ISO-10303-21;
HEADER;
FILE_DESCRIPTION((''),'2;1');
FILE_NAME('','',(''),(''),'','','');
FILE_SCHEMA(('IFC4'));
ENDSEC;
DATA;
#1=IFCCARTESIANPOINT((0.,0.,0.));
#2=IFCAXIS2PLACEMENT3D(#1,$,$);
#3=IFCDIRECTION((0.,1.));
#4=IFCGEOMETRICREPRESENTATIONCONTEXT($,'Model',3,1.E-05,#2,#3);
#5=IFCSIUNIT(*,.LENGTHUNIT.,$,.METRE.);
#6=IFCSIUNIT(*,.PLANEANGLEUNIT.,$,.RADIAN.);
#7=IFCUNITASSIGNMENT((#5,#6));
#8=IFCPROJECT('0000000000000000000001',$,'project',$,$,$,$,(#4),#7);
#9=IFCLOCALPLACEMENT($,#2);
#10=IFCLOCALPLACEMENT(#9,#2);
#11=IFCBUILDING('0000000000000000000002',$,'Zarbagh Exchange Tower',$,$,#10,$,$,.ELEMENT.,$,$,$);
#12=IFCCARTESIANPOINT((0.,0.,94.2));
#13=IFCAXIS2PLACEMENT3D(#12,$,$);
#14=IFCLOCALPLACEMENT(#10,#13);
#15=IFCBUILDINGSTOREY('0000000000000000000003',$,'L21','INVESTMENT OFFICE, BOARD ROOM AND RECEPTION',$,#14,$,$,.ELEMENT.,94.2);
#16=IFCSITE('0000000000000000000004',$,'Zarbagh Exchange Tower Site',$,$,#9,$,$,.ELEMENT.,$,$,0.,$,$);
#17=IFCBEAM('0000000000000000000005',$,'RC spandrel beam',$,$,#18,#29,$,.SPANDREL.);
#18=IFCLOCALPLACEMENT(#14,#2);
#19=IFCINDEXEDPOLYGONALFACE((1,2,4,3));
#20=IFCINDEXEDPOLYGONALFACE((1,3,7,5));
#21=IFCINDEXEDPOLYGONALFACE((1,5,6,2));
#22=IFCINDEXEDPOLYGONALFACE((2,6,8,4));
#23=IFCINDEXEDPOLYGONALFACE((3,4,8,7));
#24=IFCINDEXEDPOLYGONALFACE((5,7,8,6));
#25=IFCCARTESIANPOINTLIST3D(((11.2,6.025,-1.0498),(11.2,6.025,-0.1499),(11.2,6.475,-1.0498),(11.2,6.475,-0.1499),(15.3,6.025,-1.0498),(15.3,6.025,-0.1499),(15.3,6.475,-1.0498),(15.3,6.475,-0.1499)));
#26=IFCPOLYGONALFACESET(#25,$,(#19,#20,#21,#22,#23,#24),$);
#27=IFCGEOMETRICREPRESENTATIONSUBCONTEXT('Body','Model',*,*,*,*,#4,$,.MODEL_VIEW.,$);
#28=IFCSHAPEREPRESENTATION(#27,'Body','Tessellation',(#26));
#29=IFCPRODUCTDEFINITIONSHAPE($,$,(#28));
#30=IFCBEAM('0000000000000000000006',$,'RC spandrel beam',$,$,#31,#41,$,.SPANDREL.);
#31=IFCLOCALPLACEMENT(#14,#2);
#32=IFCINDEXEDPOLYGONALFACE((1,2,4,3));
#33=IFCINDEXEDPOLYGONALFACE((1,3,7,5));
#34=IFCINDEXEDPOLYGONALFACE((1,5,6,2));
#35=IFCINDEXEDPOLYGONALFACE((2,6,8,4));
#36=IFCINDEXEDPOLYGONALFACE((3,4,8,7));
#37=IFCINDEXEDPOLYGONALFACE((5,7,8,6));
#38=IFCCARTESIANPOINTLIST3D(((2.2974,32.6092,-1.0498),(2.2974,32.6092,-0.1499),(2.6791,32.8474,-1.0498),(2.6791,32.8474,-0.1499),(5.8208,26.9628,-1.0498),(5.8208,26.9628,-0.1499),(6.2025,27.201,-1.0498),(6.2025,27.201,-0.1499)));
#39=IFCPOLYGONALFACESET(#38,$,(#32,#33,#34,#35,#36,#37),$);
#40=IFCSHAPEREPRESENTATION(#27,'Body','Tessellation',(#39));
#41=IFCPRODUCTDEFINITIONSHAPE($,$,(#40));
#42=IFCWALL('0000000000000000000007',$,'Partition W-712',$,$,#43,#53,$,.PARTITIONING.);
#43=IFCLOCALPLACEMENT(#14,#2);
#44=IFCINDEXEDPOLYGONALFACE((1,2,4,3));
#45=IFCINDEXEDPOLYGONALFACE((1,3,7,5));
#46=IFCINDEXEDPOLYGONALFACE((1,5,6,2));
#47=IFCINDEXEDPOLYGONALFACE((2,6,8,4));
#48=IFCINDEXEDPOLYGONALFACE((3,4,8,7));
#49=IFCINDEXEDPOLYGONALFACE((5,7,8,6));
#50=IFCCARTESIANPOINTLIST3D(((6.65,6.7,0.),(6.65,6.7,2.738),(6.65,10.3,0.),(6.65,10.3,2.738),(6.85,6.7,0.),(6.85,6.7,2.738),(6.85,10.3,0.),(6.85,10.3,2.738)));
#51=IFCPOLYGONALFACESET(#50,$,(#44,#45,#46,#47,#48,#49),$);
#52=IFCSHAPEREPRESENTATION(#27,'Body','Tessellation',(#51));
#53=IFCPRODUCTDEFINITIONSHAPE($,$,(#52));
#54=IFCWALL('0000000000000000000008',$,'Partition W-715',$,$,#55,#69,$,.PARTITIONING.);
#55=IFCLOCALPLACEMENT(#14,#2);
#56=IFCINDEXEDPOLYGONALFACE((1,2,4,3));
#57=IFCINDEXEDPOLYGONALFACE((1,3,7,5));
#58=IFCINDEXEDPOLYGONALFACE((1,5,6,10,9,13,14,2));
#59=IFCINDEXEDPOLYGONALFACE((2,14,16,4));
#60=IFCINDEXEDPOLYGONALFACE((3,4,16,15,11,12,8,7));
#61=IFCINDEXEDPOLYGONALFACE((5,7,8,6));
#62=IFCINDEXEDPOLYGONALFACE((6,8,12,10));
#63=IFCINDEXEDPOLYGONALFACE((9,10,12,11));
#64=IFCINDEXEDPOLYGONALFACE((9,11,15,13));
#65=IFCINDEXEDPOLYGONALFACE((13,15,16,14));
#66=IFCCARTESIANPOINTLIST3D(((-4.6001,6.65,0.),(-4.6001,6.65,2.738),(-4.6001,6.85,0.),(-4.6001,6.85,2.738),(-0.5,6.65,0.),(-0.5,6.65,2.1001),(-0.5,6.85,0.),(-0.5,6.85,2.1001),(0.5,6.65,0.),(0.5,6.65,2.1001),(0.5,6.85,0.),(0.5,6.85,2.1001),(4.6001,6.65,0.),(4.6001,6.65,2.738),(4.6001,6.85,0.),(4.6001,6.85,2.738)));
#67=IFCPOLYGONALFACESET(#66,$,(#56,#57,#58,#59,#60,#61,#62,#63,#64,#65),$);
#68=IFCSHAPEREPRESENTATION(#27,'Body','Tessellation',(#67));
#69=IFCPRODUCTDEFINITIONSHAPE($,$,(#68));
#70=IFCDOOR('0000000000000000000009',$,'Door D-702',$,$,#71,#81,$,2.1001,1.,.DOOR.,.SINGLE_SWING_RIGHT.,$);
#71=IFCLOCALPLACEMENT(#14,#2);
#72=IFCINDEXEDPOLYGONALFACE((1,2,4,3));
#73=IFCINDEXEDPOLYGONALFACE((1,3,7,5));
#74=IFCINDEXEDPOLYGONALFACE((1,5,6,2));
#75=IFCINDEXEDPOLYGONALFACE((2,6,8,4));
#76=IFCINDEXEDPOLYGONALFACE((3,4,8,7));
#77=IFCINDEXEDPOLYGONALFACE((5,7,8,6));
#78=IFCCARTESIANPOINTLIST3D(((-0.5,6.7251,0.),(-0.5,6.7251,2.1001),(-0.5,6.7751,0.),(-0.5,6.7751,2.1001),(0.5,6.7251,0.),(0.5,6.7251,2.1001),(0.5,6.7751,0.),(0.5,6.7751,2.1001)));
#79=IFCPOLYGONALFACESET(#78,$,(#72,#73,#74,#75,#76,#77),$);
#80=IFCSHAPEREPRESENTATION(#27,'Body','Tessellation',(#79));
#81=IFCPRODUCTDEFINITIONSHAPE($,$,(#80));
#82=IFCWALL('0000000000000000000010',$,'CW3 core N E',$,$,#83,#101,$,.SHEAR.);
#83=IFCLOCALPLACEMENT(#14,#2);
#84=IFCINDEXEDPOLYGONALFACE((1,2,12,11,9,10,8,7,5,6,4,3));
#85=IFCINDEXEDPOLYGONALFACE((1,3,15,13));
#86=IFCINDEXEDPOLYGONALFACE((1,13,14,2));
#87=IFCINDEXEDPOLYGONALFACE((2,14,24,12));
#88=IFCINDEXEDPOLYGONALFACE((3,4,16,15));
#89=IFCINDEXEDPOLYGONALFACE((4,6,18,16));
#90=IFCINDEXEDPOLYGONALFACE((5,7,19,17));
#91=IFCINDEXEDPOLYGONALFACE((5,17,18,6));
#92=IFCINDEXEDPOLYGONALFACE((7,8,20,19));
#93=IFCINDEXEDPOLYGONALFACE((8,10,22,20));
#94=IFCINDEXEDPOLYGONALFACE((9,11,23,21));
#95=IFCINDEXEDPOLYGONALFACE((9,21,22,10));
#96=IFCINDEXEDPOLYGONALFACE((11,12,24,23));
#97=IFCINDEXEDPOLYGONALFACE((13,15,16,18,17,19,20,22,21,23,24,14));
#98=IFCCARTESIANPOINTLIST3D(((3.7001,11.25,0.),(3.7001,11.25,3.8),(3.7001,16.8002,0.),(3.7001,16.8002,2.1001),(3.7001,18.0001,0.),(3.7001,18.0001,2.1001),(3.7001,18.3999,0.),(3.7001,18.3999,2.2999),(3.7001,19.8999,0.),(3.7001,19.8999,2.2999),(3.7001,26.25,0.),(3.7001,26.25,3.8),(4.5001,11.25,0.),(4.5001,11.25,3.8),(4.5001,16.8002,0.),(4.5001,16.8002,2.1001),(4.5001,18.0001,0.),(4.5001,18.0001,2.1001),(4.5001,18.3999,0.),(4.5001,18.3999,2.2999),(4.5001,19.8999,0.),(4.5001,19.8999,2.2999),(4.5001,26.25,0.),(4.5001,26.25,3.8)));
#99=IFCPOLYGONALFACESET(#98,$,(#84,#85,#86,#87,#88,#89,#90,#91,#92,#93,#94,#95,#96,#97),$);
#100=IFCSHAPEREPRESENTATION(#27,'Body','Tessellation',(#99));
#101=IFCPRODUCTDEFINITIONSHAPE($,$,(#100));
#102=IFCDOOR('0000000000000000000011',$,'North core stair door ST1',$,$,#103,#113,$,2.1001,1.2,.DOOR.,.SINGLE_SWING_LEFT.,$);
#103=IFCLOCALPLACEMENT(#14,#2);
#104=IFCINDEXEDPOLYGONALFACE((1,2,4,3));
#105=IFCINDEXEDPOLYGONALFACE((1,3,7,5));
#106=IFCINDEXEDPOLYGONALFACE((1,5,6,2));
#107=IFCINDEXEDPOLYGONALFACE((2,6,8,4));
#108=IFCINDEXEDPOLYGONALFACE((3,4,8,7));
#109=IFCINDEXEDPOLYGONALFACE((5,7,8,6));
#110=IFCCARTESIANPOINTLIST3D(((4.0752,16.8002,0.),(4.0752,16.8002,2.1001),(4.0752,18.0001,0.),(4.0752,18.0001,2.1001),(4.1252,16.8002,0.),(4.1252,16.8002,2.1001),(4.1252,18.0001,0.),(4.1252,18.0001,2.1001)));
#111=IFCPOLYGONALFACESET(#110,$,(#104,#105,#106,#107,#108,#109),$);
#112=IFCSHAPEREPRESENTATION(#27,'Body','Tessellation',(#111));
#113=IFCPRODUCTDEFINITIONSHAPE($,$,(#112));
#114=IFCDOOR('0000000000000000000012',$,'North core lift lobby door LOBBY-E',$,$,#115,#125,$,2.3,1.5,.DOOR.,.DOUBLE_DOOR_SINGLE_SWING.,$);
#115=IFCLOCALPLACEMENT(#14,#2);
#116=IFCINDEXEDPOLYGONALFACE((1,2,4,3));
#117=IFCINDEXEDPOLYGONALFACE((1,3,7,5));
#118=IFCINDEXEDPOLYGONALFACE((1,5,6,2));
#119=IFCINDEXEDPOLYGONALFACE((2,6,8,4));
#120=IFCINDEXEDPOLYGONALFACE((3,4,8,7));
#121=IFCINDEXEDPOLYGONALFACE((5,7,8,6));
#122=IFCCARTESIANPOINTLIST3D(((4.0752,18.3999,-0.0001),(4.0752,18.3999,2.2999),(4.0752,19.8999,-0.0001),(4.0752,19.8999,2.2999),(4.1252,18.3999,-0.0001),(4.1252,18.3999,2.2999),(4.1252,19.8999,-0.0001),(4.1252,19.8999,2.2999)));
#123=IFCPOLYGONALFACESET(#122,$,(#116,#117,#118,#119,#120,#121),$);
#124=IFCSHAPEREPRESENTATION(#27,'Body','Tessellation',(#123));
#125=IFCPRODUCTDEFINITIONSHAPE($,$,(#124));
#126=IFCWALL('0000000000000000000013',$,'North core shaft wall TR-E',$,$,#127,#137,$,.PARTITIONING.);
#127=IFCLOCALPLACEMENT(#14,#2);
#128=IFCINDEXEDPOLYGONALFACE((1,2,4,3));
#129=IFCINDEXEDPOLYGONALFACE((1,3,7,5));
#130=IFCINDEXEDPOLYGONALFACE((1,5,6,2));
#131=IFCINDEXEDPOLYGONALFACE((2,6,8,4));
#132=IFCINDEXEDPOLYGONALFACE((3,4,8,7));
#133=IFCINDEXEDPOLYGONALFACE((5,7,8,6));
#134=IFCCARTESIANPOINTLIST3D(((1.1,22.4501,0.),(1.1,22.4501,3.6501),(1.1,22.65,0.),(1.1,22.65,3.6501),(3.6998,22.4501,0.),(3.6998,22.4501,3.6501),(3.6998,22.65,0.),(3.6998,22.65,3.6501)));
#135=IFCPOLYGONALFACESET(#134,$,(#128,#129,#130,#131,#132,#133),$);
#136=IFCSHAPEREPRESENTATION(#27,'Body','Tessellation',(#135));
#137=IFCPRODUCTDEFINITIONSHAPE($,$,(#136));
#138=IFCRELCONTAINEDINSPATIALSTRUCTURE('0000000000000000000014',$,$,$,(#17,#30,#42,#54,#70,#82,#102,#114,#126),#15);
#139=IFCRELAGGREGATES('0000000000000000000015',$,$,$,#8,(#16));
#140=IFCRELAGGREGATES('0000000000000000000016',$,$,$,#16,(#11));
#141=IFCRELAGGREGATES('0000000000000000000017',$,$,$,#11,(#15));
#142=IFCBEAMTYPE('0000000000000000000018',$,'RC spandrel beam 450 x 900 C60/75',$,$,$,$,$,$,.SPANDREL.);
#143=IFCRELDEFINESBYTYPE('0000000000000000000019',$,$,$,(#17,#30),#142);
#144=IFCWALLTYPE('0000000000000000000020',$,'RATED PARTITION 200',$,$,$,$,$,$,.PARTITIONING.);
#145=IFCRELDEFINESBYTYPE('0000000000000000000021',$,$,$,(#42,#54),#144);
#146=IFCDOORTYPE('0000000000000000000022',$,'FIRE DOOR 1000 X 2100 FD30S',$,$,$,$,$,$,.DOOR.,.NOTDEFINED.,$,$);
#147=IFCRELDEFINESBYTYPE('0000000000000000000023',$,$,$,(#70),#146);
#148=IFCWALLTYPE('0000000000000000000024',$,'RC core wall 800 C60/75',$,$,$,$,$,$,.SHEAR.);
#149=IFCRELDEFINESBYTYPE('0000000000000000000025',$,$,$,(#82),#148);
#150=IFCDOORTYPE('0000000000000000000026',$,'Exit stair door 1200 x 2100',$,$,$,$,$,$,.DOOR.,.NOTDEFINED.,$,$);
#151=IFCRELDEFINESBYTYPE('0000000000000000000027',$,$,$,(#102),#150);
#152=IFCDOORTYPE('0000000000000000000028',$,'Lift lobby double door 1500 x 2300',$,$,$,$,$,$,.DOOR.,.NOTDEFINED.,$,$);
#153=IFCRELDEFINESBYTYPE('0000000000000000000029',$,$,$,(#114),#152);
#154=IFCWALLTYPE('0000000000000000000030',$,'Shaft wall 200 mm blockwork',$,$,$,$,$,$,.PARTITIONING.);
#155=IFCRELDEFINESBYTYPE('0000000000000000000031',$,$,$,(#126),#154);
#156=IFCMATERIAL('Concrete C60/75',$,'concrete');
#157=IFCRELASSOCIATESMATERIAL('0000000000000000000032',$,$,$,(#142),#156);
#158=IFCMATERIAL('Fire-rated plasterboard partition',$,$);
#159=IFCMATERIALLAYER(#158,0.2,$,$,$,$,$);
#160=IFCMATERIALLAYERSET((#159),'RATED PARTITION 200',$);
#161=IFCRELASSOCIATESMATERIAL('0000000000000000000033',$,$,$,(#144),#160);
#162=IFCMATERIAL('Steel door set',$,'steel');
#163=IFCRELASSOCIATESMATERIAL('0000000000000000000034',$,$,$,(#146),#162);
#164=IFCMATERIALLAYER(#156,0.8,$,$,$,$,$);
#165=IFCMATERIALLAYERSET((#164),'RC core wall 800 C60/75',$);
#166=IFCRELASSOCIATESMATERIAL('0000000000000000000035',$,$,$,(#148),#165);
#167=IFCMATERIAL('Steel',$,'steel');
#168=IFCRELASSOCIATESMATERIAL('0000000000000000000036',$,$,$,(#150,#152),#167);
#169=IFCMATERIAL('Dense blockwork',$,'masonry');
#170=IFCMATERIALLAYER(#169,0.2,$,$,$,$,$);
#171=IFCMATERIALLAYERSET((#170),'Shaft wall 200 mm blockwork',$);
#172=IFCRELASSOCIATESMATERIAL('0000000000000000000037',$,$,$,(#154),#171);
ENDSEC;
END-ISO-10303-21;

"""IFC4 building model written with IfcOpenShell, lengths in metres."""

from ifc_helpers import new_model, si_unit, direction, frame, frame_2d, origin, origin_2d, place, context, subcontext, project, spatial, rectangle, extrude, material, layer, layer_set, material_profile, profile_set, type_object, element, fill, save


model = new_model("IFC4")

# Units and contexts
model_context = context("Model", 3, precision=1e-05, world=origin(), true_north=direction((0.0, 1.0)))
body_context = subcontext(model_context, "Body", "Model", "MODEL_VIEW")
ifc_project = project(units=[si_unit("LENGTHUNIT", "METRE"), si_unit("PLANEANGLEUNIT", "RADIAN")], contexts=[model_context])

# Site, building, storey
site_placement = place(None, origin())
site = spatial("IfcSite", under=ifc_project, at=site_placement, Name="Zarbagh Exchange Tower Site", CompositionType="ELEMENT", RefElevation=0.0)
building_placement = place(site_placement, origin())
building = spatial("IfcBuilding", under=site, at=building_placement, Name="Zarbagh Exchange Tower", CompositionType="ELEMENT")
storey_placement = place(building_placement, frame((0.0, 0.0, 94.2)))
storey = spatial("IfcBuildingStorey", under=building, at=storey_placement, Name="L21", Description="INVESTMENT OFFICE, BOARD ROOM AND RECEPTION", CompositionType="ELEMENT", Elevation=94.2)

# Shared definitions
ifc_material_1 = material(Name="Concrete C60/75", Category="concrete")

# Beams
ifc_material_profile_1 = material_profile(ifc_material_1, rectangle(XDim=0.45, YDim=0.8999, at=origin_2d()), Name="RC spandrel beam 450 x 900 C60/75")
ifc_profile_set_1 = profile_set([ifc_material_profile_1], Name="Concrete C60/75")
beam_type_1 = type_object("IfcBeamType", Name="RC spandrel beam 450 x 900 C60/75", PredefinedType="SPANDREL", material=ifc_profile_set_1)
beam_1_placement = place(storey_placement, frame((11.2, 6.25, -0.5999), z_axis=(1.0, 0.0, 0.0), x_axis=(0.0, 1.0, 0.0)))
element("IfcBeam", 1, at=beam_1_placement, inside=storey, type_object=beam_type_1, Name="RC spandrel beam", PredefinedType="SPANDREL", context=body_context, shape_type="SweptSolid", body=[
    extrude(rectangle(XDim=0.45, YDim=0.8999, at=origin_2d()), origin(), (0.0, 0.0, 1.0), 4.1001),
])
beam_2_placement = place(storey_placement, frame((2.4883, 32.7283, -0.5999), z_axis=(0.529392, -0.848377, 0.0), x_axis=(0.848377, 0.529392, 0.0)))
element("IfcBeam", 2, at=beam_2_placement, inside=storey, type_object=beam_type_1, Name="RC spandrel beam", PredefinedType="SPANDREL", context=body_context, shape_type="SweptSolid", body=[
    extrude(rectangle(XDim=0.45, YDim=0.8999, at=origin_2d()), origin(), (0.0, 0.0, 1.0), 6.6555),
])

# Wall
ifc_material_2 = material(Name="Fire-rated plasterboard partition")
ifc_layer_1 = layer(ifc_material_2, 0.2)
ifc_layer_set_1 = layer_set([ifc_layer_1], Name="RATED PARTITION 200")
wall_type_1 = type_object("IfcWallType", Name="RATED PARTITION 200", PredefinedType="PARTITIONING", material=ifc_layer_set_1)
wall_1_placement = place(storey_placement, frame((6.75, 6.7, 0.0), z_axis=(0.0, 0.0, 1.0), x_axis=(0.0, 1.0, 0.0)))
element("IfcWall", 3, at=wall_1_placement, inside=storey, type_object=wall_type_1, Name="Partition W-712", PredefinedType="PARTITIONING", context=body_context, shape_type="SweptSolid", body=[
    extrude(rectangle(XDim=3.6001, YDim=0.2, at=frame_2d((1.8, 0.0))), origin(), (0.0, 0.0, 1.0), 2.738),
])

# Wall, opening, door
wall_2_placement = place(storey_placement, frame((4.6001, 6.75, 0.0), z_axis=(0.0, 0.0, 1.0), x_axis=(-1.0, 0.0, 0.0)))
wall_2 = element("IfcWall", 4, at=wall_2_placement, inside=storey, type_object=wall_type_1, Name="Partition W-715", PredefinedType="PARTITIONING", context=body_context, shape_type="SweptSolid", body=[
    extrude(rectangle(XDim=9.2002, YDim=0.2, at=frame_2d((4.6001, 0.0))), origin(), (0.0, 0.0, 1.0), 2.738),
])
opening_1_placement = place(wall_2_placement, frame((4.1001, 0.0, 0.0)))
opening_1 = element("IfcOpeningElement", 5, at=opening_1_placement, cuts=wall_2, PredefinedType="OPENING", context=body_context, shape_type="SweptSolid", body=[
    extrude(rectangle(XDim=1.0, YDim=2.1001, at=frame_2d((0.5, 1.05))), frame((0.0, 0.1099, 0.0), z_axis=(0.0, -1.0, 0.0), x_axis=(1.0, 0.0, 0.0)), (0.0, 0.0, 1.0), 0.22),
])
ifc_material_3 = material(Name="Steel door set", Category="steel")
door_type_1 = type_object("IfcDoorType", Name="FIRE DOOR 1000 X 2100 FD30S", OperationType="NOTDEFINED", PredefinedType="DOOR", material=ifc_material_3)
door_1_placement = place(opening_1_placement, origin())
door_1 = element("IfcDoor", 6, at=door_1_placement, inside=storey, type_object=door_type_1, Name="Door D-702", OperationType="SINGLE_SWING_RIGHT", OverallHeight=2.1001, OverallWidth=1.0, PredefinedType="DOOR", context=body_context, shape_type="SweptSolid", body=[
    extrude(rectangle(XDim=1.0, YDim=2.1001, at=frame_2d((0.5, 1.05))), frame((0.0, 0.0249, 0.0), z_axis=(0.0, -1.0, 0.0), x_axis=(1.0, 0.0, 0.0)), (0.0, 0.0, 1.0), 0.05),
])
fill(opening_1, door_1)

# Wall, openings, doors
ifc_layer_2 = layer(ifc_material_1, 0.8)
ifc_layer_set_2 = layer_set([ifc_layer_2], Name="RC core wall 800 C60/75")
wall_type_2 = type_object("IfcWallType", Name="RC core wall 800 C60/75", PredefinedType="SHEAR", material=ifc_layer_set_2)
wall_3_placement = place(storey_placement, frame((4.1001, 11.25, 0.0), z_axis=(0.0, 0.0, 1.0), x_axis=(0.0, 1.0, 0.0)))
wall_3 = element("IfcWall", 7, at=wall_3_placement, inside=storey, type_object=wall_type_2, Name="CW3 core N E", PredefinedType="SHEAR", context=body_context, shape_type="SweptSolid", body=[
    extrude(rectangle(XDim=15.0, YDim=0.8, at=frame_2d((7.5, 0.0))), origin(), (0.0, 0.0, 1.0), 3.8),
])
opening_2_placement = place(wall_3_placement, frame((7.1499, 0.0, 0.0)))
opening_2 = element("IfcOpeningElement", 8, at=opening_2_placement, cuts=wall_3, PredefinedType="OPENING", context=body_context, shape_type="SweptSolid", body=[
    extrude(rectangle(XDim=1.5, YDim=2.3, at=frame_2d((0.75, 1.1499))), frame((0.0, 0.4099, 0.0), z_axis=(0.0, -1.0, 0.0), x_axis=(1.0, 0.0, 0.0)), (0.0, 0.0, 1.0), 0.8201),
])
opening_3_placement = place(wall_3_placement, frame((5.55, 0.0, 0.0)))
opening_3 = element("IfcOpeningElement", 9, at=opening_3_placement, cuts=wall_3, PredefinedType="OPENING", context=body_context, shape_type="SweptSolid", body=[
    extrude(rectangle(XDim=1.2, YDim=2.1001, at=frame_2d((0.6001, 1.05))), frame((0.0, 0.4099, 0.0), z_axis=(0.0, -1.0, 0.0), x_axis=(1.0, 0.0, 0.0)), (0.0, 0.0, 1.0), 0.8201),
])
ifc_material_4 = material(Name="Steel", Category="steel")
door_type_2 = type_object("IfcDoorType", Name="Exit stair door 1200 x 2100", OperationType="NOTDEFINED", PredefinedType="DOOR", material=ifc_material_4)
door_2_placement = place(opening_3_placement, origin())
door_2 = element("IfcDoor", 10, at=door_2_placement, inside=storey, type_object=door_type_2, Name="North core stair door ST1", OperationType="SINGLE_SWING_LEFT", OverallHeight=2.1001, OverallWidth=1.2, PredefinedType="DOOR", context=body_context, shape_type="SweptSolid", body=[
    extrude(rectangle(XDim=1.2, YDim=2.1001, at=frame_2d((0.6001, 1.05))), frame((0.0, 0.0249, 0.0), z_axis=(0.0, -1.0, 0.0), x_axis=(1.0, 0.0, 0.0)), (0.0, 0.0, 1.0), 0.05),
])
fill(opening_3, door_2)
door_type_3 = type_object("IfcDoorType", Name="Lift lobby double door 1500 x 2300", OperationType="NOTDEFINED", PredefinedType="DOOR", material=ifc_material_4)
door_3_placement = place(opening_2_placement, origin())
door_3 = element("IfcDoor", 11, at=door_3_placement, inside=storey, type_object=door_type_3, Name="North core lift lobby door LOBBY-E", OperationType="DOUBLE_DOOR_SINGLE_SWING", OverallHeight=2.3, OverallWidth=1.5, PredefinedType="DOOR", context=body_context, shape_type="SweptSolid", body=[
    extrude(rectangle(XDim=1.5, YDim=2.3, at=frame_2d((0.75, 1.1499))), frame((0.0, 0.0249, 0.0), z_axis=(0.0, -1.0, 0.0), x_axis=(1.0, 0.0, 0.0)), (0.0, 0.0, 1.0), 0.05),
])
fill(opening_2, door_3)

# Wall
ifc_material_5 = material(Name="Dense blockwork", Category="masonry")
ifc_layer_3 = layer(ifc_material_5, 0.2)
ifc_layer_set_3 = layer_set([ifc_layer_3], Name="Shaft wall 200 mm blockwork")
wall_type_3 = type_object("IfcWallType", Name="Shaft wall 200 mm blockwork", PredefinedType="PARTITIONING", material=ifc_layer_set_3)
wall_4_placement = place(storey_placement, frame((1.1001, 22.55, 0.0), z_axis=(0.0, 0.0, 1.0), x_axis=(1.0, 0.0, 0.0)))
element("IfcWall", 12, at=wall_4_placement, inside=storey, type_object=wall_type_3, Name="North core shaft wall TR-E", PredefinedType="PARTITIONING", context=body_context, shape_type="SweptSolid", body=[
    extrude(rectangle(XDim=2.5999, YDim=0.2, at=frame_2d((1.2998, 0.0))), origin(), (0.0, 0.0, 1.0), 3.6501),
])

save(model, "model.ifc")
